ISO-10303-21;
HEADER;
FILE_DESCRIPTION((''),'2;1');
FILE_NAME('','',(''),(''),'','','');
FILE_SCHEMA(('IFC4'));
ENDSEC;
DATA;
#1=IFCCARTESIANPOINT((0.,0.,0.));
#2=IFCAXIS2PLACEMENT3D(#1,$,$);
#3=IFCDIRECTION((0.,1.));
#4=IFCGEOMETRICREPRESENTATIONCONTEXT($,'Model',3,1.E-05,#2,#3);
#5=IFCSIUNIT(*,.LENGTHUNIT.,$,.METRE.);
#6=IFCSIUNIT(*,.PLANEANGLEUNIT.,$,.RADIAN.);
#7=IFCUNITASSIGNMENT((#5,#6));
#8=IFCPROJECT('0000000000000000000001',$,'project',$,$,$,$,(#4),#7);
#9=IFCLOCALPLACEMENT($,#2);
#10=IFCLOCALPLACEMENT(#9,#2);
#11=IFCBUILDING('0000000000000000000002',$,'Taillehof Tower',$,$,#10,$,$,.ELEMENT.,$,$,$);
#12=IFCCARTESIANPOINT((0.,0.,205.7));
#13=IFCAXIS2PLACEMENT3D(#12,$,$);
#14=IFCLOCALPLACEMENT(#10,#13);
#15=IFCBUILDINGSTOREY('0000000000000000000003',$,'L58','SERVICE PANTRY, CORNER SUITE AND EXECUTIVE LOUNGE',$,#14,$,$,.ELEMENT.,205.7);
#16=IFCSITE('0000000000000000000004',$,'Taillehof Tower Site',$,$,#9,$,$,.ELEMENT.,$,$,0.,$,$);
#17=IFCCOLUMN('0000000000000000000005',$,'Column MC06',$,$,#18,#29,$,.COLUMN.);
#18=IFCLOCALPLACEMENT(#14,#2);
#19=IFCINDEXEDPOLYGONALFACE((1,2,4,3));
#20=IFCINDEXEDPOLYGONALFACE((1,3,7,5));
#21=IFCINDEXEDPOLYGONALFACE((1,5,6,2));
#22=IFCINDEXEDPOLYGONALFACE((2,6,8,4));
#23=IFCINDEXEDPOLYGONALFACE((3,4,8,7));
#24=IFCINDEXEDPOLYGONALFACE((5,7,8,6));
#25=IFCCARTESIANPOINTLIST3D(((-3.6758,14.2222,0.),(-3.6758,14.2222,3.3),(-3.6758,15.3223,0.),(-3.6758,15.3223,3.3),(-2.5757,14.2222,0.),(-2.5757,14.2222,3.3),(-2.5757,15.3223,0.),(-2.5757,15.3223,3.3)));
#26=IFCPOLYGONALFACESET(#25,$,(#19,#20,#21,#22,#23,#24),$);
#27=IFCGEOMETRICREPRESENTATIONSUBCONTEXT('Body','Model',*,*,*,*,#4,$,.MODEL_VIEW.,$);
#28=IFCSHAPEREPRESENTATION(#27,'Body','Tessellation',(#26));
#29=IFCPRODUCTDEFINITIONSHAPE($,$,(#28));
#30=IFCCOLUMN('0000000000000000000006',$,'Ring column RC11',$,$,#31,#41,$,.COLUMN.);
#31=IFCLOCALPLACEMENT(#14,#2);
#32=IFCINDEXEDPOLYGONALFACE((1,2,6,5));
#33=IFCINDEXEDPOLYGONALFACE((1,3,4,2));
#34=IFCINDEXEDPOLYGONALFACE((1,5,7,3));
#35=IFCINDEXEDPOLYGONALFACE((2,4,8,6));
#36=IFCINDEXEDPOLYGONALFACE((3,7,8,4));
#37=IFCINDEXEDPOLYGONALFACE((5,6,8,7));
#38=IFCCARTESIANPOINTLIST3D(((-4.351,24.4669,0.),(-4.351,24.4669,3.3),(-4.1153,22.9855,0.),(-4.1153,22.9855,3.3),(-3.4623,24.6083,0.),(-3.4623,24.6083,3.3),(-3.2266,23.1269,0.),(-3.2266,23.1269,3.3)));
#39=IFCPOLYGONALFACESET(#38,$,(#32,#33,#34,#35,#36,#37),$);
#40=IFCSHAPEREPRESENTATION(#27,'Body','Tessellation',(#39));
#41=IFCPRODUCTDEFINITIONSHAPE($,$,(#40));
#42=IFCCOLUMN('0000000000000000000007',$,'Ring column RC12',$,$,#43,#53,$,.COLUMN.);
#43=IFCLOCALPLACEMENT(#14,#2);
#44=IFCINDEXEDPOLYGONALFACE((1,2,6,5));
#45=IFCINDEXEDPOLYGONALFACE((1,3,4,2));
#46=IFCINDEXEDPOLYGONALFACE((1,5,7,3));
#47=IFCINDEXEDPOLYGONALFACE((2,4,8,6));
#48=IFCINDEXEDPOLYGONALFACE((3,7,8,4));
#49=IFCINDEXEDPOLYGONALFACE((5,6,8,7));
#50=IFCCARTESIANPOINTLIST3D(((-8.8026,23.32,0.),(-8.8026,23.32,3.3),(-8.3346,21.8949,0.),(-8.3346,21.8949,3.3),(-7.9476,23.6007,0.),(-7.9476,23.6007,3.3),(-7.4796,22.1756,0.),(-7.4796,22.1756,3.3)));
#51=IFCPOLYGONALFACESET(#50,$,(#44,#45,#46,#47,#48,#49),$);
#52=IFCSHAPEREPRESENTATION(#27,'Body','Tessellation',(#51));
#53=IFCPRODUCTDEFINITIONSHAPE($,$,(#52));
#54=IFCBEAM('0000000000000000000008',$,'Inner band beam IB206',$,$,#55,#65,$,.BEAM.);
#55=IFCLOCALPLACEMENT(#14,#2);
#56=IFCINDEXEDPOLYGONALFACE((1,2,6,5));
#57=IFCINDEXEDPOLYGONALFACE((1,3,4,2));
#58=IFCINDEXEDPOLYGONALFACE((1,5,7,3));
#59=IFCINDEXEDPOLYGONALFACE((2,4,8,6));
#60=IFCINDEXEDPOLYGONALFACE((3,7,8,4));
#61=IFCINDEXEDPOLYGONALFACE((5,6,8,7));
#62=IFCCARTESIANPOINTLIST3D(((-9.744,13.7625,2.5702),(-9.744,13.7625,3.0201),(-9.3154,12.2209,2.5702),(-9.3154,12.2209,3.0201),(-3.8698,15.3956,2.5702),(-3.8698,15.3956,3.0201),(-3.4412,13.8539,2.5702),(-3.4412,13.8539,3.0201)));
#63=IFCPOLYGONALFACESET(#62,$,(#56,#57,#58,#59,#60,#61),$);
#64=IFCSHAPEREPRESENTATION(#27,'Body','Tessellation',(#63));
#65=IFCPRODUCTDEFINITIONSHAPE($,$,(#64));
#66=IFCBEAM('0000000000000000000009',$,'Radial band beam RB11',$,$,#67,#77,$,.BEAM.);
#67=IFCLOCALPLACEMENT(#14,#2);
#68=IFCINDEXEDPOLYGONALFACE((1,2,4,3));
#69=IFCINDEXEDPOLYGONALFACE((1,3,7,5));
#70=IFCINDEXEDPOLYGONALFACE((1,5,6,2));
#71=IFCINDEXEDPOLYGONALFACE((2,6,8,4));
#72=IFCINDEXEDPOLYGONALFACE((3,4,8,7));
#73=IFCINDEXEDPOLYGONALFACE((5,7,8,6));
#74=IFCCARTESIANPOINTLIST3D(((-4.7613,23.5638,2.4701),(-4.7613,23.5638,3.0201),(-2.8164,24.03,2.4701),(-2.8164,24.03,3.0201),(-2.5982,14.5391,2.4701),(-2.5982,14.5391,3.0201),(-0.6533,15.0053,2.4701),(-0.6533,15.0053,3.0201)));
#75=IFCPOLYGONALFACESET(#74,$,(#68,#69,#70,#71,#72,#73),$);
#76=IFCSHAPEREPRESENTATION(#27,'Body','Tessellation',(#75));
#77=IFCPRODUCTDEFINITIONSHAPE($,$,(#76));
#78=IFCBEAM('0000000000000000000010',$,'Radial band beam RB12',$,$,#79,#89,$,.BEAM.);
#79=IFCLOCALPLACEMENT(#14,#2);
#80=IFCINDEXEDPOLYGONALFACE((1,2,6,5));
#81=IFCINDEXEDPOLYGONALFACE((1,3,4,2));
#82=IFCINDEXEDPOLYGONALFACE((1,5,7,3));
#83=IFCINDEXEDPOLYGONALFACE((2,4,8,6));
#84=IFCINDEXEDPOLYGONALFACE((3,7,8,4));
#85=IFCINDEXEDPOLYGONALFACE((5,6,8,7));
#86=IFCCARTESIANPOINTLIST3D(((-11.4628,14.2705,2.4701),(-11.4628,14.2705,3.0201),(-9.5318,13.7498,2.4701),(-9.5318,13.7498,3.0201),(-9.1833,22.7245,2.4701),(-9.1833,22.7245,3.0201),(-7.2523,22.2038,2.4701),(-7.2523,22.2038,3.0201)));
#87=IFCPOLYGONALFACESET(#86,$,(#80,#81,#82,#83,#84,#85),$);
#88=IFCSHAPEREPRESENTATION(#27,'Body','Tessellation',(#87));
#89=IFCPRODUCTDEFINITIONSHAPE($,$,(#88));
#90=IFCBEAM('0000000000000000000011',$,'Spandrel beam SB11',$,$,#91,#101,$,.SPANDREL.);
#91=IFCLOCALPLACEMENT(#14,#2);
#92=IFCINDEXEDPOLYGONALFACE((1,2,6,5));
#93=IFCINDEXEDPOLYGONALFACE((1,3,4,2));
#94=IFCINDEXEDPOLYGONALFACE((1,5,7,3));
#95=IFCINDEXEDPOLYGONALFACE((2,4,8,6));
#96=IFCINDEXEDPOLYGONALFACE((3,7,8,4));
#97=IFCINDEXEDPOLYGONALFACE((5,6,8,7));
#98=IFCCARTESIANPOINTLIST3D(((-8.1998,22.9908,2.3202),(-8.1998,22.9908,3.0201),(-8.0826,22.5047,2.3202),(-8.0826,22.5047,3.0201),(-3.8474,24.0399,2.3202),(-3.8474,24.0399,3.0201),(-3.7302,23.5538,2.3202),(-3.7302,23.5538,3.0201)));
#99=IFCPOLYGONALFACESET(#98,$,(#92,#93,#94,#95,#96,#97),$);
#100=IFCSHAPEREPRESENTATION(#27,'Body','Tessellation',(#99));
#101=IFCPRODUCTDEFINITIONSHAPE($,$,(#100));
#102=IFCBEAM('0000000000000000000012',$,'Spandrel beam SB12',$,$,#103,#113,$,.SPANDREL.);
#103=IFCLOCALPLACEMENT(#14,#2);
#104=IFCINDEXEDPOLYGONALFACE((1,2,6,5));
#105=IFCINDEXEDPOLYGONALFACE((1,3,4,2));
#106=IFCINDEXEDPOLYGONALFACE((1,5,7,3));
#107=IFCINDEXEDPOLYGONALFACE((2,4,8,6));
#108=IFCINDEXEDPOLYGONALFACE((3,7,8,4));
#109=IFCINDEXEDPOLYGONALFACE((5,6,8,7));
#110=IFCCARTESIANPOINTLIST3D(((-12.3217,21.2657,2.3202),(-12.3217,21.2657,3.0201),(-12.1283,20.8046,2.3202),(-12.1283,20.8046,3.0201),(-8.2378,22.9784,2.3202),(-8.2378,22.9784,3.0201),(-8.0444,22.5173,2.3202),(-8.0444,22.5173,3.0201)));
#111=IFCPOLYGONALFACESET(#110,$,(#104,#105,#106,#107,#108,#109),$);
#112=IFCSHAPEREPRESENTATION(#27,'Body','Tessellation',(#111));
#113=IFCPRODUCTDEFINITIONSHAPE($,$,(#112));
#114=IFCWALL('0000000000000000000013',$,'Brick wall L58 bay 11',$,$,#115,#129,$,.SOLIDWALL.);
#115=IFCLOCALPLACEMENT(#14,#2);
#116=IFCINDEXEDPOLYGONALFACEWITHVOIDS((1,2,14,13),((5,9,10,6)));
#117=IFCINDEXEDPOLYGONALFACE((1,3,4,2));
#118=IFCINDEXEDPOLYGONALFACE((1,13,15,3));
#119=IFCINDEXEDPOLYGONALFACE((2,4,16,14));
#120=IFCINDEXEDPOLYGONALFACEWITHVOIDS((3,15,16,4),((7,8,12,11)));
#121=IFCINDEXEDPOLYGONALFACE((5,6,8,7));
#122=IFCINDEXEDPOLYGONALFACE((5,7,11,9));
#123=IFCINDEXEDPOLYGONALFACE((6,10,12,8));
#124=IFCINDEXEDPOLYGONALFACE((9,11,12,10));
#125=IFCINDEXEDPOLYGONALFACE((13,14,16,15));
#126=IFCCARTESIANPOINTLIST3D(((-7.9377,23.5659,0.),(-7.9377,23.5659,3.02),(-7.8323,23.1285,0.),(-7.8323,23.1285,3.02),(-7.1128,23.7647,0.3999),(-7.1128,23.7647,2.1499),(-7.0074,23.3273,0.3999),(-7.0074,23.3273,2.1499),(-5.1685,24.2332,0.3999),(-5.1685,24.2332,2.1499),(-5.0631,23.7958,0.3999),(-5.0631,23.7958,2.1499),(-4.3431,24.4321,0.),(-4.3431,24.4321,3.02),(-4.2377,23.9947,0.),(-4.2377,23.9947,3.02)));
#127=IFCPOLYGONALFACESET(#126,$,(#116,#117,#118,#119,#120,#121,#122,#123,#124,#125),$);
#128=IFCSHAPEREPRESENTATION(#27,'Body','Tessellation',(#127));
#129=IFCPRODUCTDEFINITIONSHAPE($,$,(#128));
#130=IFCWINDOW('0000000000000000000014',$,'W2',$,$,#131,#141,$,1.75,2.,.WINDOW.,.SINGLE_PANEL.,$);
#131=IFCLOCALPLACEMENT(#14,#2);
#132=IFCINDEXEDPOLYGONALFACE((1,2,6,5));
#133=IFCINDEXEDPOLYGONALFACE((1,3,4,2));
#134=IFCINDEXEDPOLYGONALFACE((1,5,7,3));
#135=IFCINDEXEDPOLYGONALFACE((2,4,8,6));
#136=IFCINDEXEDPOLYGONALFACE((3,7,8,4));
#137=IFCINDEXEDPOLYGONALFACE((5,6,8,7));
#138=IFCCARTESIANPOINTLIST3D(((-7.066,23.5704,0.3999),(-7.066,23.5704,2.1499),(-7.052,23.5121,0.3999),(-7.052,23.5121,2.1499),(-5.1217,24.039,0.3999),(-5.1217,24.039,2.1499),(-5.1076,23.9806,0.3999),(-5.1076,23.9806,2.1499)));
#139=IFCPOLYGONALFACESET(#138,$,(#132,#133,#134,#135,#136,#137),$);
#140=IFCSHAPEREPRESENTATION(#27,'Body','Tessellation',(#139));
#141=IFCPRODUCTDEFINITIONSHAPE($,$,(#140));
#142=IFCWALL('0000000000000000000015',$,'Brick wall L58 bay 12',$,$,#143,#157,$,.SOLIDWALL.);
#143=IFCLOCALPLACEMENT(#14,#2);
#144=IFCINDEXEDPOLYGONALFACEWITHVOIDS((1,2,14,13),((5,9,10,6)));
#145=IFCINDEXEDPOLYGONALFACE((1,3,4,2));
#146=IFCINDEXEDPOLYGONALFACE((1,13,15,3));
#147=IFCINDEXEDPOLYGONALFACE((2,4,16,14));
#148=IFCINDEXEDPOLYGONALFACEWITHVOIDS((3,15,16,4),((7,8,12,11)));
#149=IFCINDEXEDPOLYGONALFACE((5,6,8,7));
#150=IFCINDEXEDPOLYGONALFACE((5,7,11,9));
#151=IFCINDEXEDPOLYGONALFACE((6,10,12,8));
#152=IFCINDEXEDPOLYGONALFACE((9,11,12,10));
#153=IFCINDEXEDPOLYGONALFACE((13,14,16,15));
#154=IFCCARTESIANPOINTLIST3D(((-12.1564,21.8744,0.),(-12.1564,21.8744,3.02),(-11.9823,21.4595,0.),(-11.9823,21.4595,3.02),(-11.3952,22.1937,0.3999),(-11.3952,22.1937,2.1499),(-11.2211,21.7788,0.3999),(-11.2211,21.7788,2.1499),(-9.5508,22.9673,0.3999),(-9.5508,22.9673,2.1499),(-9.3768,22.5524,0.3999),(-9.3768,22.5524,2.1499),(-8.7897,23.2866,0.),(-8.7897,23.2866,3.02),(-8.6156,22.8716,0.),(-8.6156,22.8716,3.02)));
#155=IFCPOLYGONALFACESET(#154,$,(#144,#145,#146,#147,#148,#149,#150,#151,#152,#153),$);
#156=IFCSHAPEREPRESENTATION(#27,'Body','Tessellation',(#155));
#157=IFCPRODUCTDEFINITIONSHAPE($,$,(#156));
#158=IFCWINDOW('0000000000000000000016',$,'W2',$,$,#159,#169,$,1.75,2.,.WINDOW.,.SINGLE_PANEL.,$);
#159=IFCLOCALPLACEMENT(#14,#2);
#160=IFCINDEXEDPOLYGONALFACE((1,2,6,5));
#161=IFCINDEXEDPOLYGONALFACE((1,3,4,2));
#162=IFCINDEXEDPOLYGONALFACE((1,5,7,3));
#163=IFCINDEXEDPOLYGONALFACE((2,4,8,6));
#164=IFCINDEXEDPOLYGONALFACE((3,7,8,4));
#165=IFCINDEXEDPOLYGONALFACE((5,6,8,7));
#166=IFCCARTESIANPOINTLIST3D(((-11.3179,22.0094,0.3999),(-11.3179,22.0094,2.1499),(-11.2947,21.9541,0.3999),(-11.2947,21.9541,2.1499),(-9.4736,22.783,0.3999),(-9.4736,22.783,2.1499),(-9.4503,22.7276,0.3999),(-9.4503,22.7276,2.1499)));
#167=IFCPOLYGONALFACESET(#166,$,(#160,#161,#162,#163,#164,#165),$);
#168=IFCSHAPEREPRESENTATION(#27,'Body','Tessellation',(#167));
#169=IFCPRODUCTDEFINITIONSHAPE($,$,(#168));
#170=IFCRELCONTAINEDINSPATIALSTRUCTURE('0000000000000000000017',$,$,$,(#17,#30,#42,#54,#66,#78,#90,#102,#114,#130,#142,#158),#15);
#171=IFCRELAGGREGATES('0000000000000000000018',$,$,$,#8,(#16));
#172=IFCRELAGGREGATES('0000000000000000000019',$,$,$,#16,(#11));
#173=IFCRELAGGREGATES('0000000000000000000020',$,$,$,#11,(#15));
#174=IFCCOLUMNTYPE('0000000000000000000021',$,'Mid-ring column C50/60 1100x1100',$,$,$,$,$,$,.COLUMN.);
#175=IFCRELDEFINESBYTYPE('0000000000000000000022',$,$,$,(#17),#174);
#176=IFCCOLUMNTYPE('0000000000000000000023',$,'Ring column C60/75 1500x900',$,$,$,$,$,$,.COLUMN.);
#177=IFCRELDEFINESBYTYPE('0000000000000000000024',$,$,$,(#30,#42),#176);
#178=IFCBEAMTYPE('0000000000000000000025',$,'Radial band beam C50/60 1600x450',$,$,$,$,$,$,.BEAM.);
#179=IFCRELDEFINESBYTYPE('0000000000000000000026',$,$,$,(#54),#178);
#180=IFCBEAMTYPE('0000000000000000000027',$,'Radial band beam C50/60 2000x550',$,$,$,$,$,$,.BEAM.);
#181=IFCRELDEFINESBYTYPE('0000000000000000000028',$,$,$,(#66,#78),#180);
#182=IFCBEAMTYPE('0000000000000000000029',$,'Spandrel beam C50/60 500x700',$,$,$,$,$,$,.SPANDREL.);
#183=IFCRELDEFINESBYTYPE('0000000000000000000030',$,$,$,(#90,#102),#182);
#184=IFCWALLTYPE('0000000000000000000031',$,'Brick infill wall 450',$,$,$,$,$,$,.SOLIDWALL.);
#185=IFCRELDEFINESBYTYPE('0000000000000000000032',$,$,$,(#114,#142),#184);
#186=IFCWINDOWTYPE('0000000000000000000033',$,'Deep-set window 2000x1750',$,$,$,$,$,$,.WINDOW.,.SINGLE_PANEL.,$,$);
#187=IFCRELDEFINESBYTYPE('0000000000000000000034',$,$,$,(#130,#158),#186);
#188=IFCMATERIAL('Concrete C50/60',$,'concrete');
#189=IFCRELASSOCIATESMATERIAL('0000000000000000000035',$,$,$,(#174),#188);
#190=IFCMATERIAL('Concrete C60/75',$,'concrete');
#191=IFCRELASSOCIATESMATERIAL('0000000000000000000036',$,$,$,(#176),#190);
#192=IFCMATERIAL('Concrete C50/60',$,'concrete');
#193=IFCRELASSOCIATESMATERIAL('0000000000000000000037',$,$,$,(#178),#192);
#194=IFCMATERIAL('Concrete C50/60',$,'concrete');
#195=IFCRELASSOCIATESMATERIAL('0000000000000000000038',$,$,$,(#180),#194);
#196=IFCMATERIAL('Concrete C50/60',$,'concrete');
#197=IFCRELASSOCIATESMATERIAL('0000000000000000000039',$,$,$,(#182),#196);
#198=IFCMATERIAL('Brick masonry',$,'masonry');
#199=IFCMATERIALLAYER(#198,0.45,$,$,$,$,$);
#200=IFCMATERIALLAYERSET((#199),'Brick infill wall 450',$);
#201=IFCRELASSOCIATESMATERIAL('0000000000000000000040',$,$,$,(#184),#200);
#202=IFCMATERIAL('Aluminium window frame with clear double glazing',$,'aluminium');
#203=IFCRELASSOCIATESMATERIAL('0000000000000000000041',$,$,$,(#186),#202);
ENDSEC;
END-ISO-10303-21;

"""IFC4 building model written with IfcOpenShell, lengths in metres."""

from ifc_helpers import new_model, si_unit, direction, frame, frame_2d, origin, origin_2d, place, context, subcontext, project, spatial, rectangle, extrude, material, layer, layer_set, material_profile, profile_set, type_object, element, fill, save


model = new_model("IFC4")

# Units and contexts
model_context = context("Model", 3, precision=1e-05, world=origin(), true_north=direction((0.0, 1.0)))
body_context = subcontext(model_context, "Body", "Model", "MODEL_VIEW")
ifc_project = project(units=[si_unit("LENGTHUNIT", "METRE"), si_unit("PLANEANGLEUNIT", "RADIAN")], contexts=[model_context])

# Site, building, storey
site_placement = place(None, origin())
site = spatial("IfcSite", under=ifc_project, at=site_placement, Name="Taillehof Tower Site", CompositionType="ELEMENT", RefElevation=0.0)
building_placement = place(site_placement, origin())
building = spatial("IfcBuilding", under=site, at=building_placement, Name="Taillehof Tower", CompositionType="ELEMENT")
storey_placement = place(building_placement, frame((0.0, 0.0, 205.7)))
storey = spatial("IfcBuildingStorey", under=building, at=storey_placement, Name="L58", Description="SERVICE PANTRY, CORNER SUITE AND EXECUTIVE LOUNGE", CompositionType="ELEMENT", Elevation=205.7)

# Columns
ifc_material_1 = material(Name="Concrete C50/60", Category="concrete")
ifc_material_profile_1 = material_profile(ifc_material_1, rectangle(XDim=1.1001, YDim=1.1001, at=origin_2d()), Name="RC 1100x1100")
ifc_profile_set_1 = profile_set([ifc_material_profile_1], Name="Concrete C50/60")
column_type_1 = type_object("IfcColumnType", Name="Mid-ring column C50/60 1100x1100", PredefinedType="COLUMN", material=ifc_profile_set_1)
column_placement = place(storey_placement, frame((-3.1257, 14.7722, 0.0), z_axis=(0.0, 0.0, 1.0), x_axis=(1.0, 0.0, 0.0)))
element("IfcColumn", 1, at=column_placement, inside=storey, type_object=column_type_1, Name="Column MC06", PredefinedType="COLUMN", context=body_context, shape_type="SweptSolid", body=[
    extrude(rectangle(XDim=1.1001, YDim=1.1001, at=origin_2d()), origin(), (0.0, 0.0, 1.0), 3.3),
])
ifc_material_2 = material(Name="Concrete C60/75", Category="concrete")
ifc_material_profile_2 = material_profile(ifc_material_2, rectangle(XDim=1.5, YDim=0.8999, at=origin_2d()), Name="RC 1500x900")
ifc_profile_set_2 = profile_set([ifc_material_profile_2], Name="Concrete C60/75")
column_type_2 = type_object("IfcColumnType", Name="Ring column C60/75 1500x900", PredefinedType="COLUMN", material=ifc_profile_set_2)
for number, where, z_axis, x_axis, name in (
    (2, (-3.7888, 23.7969, 0.0), (0.0, 0.0, 1.0), (-0.157116, 0.98758, 0.0), "Ring column RC11"),
    (3, (-8.1411, 22.7478, 0.0), (0.0, 0.0, 1.0), (-0.312001, 0.950082, 0.0), "Ring column RC12"),
):
    element("IfcColumn", number, at=place(storey_placement, frame(where, z_axis=z_axis, x_axis=x_axis)), inside=storey, type_object=column_type_2, Name=name, PredefinedType="COLUMN", context=body_context, shape_type="SweptSolid", body=[
        extrude(rectangle(XDim=1.5, YDim=0.8999, at=origin_2d()), origin(), (0.0, 0.0, 1.0), 3.3),
    ])

# Beams
ifc_material_3 = material(Name="Concrete C50/60", Category="concrete")
ifc_material_profile_3 = material_profile(ifc_material_3, rectangle(XDim=1.6001, YDim=0.45, at=origin_2d()), Name="RC 1600x450")
ifc_profile_set_3 = profile_set([ifc_material_profile_3], Name="Concrete C50/60")
beam_type_1 = type_object("IfcBeamType", Name="Radial band beam C50/60 1600x450", PredefinedType="BEAM", material=ifc_profile_set_3)
beam_1_placement = place(storey_placement, frame((-3.6555, 14.6248, 2.7952), z_axis=(-0.963459, -0.267855, 0.0), x_axis=(0.267855, -0.963459, 0.0)))
element("IfcBeam", 4, at=beam_1_placement, inside=storey, type_object=beam_type_1, Name="Inner band beam IB206", PredefinedType="BEAM", context=body_context, shape_type="SweptSolid", body=[
    extrude(rectangle(XDim=1.6001, YDim=0.45, at=origin_2d()), origin(), (0.0, 0.0, 1.0), 6.0969),
])
ifc_material_4 = material(Name="Concrete C50/60", Category="concrete")
ifc_material_profile_4 = material_profile(ifc_material_4, rectangle(XDim=2.0, YDim=0.55, at=origin_2d()), Name="RC 2000x550")
ifc_profile_set_4 = profile_set([ifc_material_profile_4], Name="Concrete C50/60")
beam_type_2 = type_object("IfcBeamType", Name="Radial band beam C50/60 2000x550", PredefinedType="BEAM", material=ifc_profile_set_4)
beam_2_placement = place(storey_placement, frame((-3.7888, 23.7969, 2.7451), z_axis=(0.233084, -0.972457, 0.0), x_axis=(0.972457, 0.233084, 0.0)))
element("IfcBeam", 5, at=beam_2_placement, inside=storey, type_object=beam_type_2, Name="Radial band beam RB11", PredefinedType="BEAM", context=body_context, shape_type="SweptSolid", body=[
    extrude(rectangle(XDim=2.0, YDim=0.55, at=origin_2d()), origin(), (0.0, 0.0, 1.0), 9.2803),
])
beam_3_placement = place(storey_placement, frame((-8.2178, 22.4641, 2.7451), z_axis=(-0.260346, -0.965515, 0.0), x_axis=(0.965515, -0.260346, 0.0)))
element("IfcBeam", 6, at=beam_3_placement, inside=storey, type_object=beam_type_2, Name="Radial band beam RB12", PredefinedType="BEAM", context=body_context, shape_type="SweptSolid", body=[
    extrude(rectangle(XDim=2.0, YDim=0.55, at=origin_2d()), origin(), (0.0, 0.0, 1.0), 8.7559),
])
ifc_material_5 = material(Name="Concrete C50/60", Category="concrete")
ifc_material_profile_5 = material_profile(ifc_material_5, rectangle(XDim=0.5, YDim=0.7, at=origin_2d()), Name="RC 500x700")
ifc_profile_set_5 = profile_set([ifc_material_profile_5], Name="Concrete C50/60")
beam_type_3 = type_object("IfcBeamType", Name="Spandrel beam C50/60 500x700", PredefinedType="SPANDREL", material=ifc_profile_set_5)
beam_4_placement = place(storey_placement, frame((-3.7888, 23.7969, 2.6702), z_axis=(-0.972158, -0.234328, 0.0), x_axis=(0.234328, -0.972158, 0.0)))
element("IfcBeam", 7, at=beam_4_placement, inside=storey, type_object=beam_type_3, Name="Spandrel beam SB11", PredefinedType="SPANDREL", context=body_context, shape_type="SweptSolid", body=[
    extrude(rectangle(XDim=0.5, YDim=0.7, at=origin_2d()), origin(), (0.0, 0.0, 1.0), 4.4771),
])
beam_5_placement = place(storey_placement, frame((-8.1411, 22.7478, 2.6702), z_axis=(-0.922194, -0.386728, 0.0), x_axis=(0.386728, -0.922194, 0.0)))
element("IfcBeam", 8, at=beam_5_placement, inside=storey, type_object=beam_type_3, Name="Spandrel beam SB12", PredefinedType="SPANDREL", context=body_context, shape_type="SweptSolid", body=[
    extrude(rectangle(XDim=0.5, YDim=0.7, at=origin_2d()), origin(), (0.0, 0.0, 1.0), 4.4285),
])

# Walls, openings, windows
ifc_material_6 = material(Name="Brick masonry", Category="masonry")
ifc_layer_1 = layer(ifc_material_6, 0.45)
ifc_layer_set_1 = layer_set([ifc_layer_1], Name="Brick infill wall 450")
wall_type_1 = type_object("IfcWallType", Name="Brick infill wall 450", PredefinedType="SOLIDWALL", material=ifc_layer_set_1)
wall_1_placement = place(storey_placement, frame((-4.2905, 24.2134, 0.0), z_axis=(0.0, 0.0, 1.0), x_axis=(-0.972174, -0.234262, 0.0)))
wall_1 = element("IfcWall", 9, at=wall_1_placement, inside=storey, type_object=wall_type_1, Name="Brick wall L58 bay 11", PredefinedType="SOLIDWALL", context=body_context, shape_type="SweptSolid", body=[
    extrude(rectangle(XDim=3.6975, YDim=0.45, at=frame_2d((1.8486, 0.0))), origin(), (0.0, 0.0, 1.0), 3.02),
])
opening_1_placement = place(wall_1_placement, frame((0.8489, 0.0, 0.3999)))
opening_1 = element("IfcOpeningElement", 10, at=opening_1_placement, cuts=wall_1, PredefinedType="OPENING", context=body_context, shape_type="SweptSolid", body=[
    extrude(rectangle(XDim=2.0, YDim=1.75, at=frame_2d((1.0, 0.875))), frame((0.0, 0.2349, 0.0), z_axis=(0.0, -1.0, 0.0), x_axis=(1.0, 0.0, 0.0)), (0.0, 0.0, 1.0), 0.47),
])
ifc_material_7 = material(Name="Aluminium window frame with clear double glazing", Category="aluminium")
window_type = type_object("IfcWindowType", Name="Deep-set window 2000x1750", PartitioningType="SINGLE_PANEL", PredefinedType="WINDOW", material=ifc_material_7)
window_1_placement = place(opening_1_placement, origin())
window_1 = element("IfcWindow", 11, at=window_1_placement, inside=storey, type_object=window_type, Name="W2", OverallHeight=1.75, OverallWidth=2.0, PartitioningType="SINGLE_PANEL", PredefinedType="WINDOW", context=body_context, shape_type="SweptSolid", body=[
    extrude(rectangle(XDim=2.0, YDim=1.75, at=frame_2d((1.0, 0.875))), frame((0.0, 0.0349, 0.0), z_axis=(0.0, -1.0, 0.0), x_axis=(1.0, 0.0, 0.0)), (0.0, 0.0, 1.0), 0.0601),
])
fill(opening_1, window_1)
wall_2_placement = place(storey_placement, frame((-8.7026, 23.0791, 0.0), z_axis=(0.0, 0.0, 1.0), x_axis=(-0.922168, -0.386789, 0.0)))
wall_2 = element("IfcWall", 12, at=wall_2_placement, inside=storey, type_object=wall_type_1, Name="Brick wall L58 bay 12", PredefinedType="SOLIDWALL", context=body_context, shape_type="SweptSolid", body=[
    extrude(rectangle(XDim=3.6509, YDim=0.45, at=frame_2d((1.8254, 0.0))), origin(), (0.0, 0.0, 1.0), 3.02),
])
opening_2_placement = place(wall_2_placement, frame((0.8254, 0.0, 0.3999)))
opening_2 = element("IfcOpeningElement", 13, at=opening_2_placement, cuts=wall_2, PredefinedType="OPENING", context=body_context, shape_type="SweptSolid", body=[
    extrude(rectangle(XDim=2.0, YDim=1.75, at=frame_2d((1.0, 0.875))), frame((0.0, 0.2349, 0.0), z_axis=(0.0, -1.0, 0.0), x_axis=(1.0, 0.0, 0.0)), (0.0, 0.0, 1.0), 0.47),
])
window_2_placement = place(opening_2_placement, origin())
window_2 = element("IfcWindow", 14, at=window_2_placement, inside=storey, type_object=window_type, Name="W2", OverallHeight=1.75, OverallWidth=2.0, PartitioningType="SINGLE_PANEL", PredefinedType="WINDOW", context=body_context, shape_type="SweptSolid", body=[
    extrude(rectangle(XDim=2.0, YDim=1.75, at=frame_2d((1.0, 0.875))), frame((0.0, 0.0349, 0.0), z_axis=(0.0, -1.0, 0.0), x_axis=(1.0, 0.0, 0.0)), (0.0, 0.0, 1.0), 0.0601),
])
fill(opening_2, window_2)

save(model, "model.ifc")
